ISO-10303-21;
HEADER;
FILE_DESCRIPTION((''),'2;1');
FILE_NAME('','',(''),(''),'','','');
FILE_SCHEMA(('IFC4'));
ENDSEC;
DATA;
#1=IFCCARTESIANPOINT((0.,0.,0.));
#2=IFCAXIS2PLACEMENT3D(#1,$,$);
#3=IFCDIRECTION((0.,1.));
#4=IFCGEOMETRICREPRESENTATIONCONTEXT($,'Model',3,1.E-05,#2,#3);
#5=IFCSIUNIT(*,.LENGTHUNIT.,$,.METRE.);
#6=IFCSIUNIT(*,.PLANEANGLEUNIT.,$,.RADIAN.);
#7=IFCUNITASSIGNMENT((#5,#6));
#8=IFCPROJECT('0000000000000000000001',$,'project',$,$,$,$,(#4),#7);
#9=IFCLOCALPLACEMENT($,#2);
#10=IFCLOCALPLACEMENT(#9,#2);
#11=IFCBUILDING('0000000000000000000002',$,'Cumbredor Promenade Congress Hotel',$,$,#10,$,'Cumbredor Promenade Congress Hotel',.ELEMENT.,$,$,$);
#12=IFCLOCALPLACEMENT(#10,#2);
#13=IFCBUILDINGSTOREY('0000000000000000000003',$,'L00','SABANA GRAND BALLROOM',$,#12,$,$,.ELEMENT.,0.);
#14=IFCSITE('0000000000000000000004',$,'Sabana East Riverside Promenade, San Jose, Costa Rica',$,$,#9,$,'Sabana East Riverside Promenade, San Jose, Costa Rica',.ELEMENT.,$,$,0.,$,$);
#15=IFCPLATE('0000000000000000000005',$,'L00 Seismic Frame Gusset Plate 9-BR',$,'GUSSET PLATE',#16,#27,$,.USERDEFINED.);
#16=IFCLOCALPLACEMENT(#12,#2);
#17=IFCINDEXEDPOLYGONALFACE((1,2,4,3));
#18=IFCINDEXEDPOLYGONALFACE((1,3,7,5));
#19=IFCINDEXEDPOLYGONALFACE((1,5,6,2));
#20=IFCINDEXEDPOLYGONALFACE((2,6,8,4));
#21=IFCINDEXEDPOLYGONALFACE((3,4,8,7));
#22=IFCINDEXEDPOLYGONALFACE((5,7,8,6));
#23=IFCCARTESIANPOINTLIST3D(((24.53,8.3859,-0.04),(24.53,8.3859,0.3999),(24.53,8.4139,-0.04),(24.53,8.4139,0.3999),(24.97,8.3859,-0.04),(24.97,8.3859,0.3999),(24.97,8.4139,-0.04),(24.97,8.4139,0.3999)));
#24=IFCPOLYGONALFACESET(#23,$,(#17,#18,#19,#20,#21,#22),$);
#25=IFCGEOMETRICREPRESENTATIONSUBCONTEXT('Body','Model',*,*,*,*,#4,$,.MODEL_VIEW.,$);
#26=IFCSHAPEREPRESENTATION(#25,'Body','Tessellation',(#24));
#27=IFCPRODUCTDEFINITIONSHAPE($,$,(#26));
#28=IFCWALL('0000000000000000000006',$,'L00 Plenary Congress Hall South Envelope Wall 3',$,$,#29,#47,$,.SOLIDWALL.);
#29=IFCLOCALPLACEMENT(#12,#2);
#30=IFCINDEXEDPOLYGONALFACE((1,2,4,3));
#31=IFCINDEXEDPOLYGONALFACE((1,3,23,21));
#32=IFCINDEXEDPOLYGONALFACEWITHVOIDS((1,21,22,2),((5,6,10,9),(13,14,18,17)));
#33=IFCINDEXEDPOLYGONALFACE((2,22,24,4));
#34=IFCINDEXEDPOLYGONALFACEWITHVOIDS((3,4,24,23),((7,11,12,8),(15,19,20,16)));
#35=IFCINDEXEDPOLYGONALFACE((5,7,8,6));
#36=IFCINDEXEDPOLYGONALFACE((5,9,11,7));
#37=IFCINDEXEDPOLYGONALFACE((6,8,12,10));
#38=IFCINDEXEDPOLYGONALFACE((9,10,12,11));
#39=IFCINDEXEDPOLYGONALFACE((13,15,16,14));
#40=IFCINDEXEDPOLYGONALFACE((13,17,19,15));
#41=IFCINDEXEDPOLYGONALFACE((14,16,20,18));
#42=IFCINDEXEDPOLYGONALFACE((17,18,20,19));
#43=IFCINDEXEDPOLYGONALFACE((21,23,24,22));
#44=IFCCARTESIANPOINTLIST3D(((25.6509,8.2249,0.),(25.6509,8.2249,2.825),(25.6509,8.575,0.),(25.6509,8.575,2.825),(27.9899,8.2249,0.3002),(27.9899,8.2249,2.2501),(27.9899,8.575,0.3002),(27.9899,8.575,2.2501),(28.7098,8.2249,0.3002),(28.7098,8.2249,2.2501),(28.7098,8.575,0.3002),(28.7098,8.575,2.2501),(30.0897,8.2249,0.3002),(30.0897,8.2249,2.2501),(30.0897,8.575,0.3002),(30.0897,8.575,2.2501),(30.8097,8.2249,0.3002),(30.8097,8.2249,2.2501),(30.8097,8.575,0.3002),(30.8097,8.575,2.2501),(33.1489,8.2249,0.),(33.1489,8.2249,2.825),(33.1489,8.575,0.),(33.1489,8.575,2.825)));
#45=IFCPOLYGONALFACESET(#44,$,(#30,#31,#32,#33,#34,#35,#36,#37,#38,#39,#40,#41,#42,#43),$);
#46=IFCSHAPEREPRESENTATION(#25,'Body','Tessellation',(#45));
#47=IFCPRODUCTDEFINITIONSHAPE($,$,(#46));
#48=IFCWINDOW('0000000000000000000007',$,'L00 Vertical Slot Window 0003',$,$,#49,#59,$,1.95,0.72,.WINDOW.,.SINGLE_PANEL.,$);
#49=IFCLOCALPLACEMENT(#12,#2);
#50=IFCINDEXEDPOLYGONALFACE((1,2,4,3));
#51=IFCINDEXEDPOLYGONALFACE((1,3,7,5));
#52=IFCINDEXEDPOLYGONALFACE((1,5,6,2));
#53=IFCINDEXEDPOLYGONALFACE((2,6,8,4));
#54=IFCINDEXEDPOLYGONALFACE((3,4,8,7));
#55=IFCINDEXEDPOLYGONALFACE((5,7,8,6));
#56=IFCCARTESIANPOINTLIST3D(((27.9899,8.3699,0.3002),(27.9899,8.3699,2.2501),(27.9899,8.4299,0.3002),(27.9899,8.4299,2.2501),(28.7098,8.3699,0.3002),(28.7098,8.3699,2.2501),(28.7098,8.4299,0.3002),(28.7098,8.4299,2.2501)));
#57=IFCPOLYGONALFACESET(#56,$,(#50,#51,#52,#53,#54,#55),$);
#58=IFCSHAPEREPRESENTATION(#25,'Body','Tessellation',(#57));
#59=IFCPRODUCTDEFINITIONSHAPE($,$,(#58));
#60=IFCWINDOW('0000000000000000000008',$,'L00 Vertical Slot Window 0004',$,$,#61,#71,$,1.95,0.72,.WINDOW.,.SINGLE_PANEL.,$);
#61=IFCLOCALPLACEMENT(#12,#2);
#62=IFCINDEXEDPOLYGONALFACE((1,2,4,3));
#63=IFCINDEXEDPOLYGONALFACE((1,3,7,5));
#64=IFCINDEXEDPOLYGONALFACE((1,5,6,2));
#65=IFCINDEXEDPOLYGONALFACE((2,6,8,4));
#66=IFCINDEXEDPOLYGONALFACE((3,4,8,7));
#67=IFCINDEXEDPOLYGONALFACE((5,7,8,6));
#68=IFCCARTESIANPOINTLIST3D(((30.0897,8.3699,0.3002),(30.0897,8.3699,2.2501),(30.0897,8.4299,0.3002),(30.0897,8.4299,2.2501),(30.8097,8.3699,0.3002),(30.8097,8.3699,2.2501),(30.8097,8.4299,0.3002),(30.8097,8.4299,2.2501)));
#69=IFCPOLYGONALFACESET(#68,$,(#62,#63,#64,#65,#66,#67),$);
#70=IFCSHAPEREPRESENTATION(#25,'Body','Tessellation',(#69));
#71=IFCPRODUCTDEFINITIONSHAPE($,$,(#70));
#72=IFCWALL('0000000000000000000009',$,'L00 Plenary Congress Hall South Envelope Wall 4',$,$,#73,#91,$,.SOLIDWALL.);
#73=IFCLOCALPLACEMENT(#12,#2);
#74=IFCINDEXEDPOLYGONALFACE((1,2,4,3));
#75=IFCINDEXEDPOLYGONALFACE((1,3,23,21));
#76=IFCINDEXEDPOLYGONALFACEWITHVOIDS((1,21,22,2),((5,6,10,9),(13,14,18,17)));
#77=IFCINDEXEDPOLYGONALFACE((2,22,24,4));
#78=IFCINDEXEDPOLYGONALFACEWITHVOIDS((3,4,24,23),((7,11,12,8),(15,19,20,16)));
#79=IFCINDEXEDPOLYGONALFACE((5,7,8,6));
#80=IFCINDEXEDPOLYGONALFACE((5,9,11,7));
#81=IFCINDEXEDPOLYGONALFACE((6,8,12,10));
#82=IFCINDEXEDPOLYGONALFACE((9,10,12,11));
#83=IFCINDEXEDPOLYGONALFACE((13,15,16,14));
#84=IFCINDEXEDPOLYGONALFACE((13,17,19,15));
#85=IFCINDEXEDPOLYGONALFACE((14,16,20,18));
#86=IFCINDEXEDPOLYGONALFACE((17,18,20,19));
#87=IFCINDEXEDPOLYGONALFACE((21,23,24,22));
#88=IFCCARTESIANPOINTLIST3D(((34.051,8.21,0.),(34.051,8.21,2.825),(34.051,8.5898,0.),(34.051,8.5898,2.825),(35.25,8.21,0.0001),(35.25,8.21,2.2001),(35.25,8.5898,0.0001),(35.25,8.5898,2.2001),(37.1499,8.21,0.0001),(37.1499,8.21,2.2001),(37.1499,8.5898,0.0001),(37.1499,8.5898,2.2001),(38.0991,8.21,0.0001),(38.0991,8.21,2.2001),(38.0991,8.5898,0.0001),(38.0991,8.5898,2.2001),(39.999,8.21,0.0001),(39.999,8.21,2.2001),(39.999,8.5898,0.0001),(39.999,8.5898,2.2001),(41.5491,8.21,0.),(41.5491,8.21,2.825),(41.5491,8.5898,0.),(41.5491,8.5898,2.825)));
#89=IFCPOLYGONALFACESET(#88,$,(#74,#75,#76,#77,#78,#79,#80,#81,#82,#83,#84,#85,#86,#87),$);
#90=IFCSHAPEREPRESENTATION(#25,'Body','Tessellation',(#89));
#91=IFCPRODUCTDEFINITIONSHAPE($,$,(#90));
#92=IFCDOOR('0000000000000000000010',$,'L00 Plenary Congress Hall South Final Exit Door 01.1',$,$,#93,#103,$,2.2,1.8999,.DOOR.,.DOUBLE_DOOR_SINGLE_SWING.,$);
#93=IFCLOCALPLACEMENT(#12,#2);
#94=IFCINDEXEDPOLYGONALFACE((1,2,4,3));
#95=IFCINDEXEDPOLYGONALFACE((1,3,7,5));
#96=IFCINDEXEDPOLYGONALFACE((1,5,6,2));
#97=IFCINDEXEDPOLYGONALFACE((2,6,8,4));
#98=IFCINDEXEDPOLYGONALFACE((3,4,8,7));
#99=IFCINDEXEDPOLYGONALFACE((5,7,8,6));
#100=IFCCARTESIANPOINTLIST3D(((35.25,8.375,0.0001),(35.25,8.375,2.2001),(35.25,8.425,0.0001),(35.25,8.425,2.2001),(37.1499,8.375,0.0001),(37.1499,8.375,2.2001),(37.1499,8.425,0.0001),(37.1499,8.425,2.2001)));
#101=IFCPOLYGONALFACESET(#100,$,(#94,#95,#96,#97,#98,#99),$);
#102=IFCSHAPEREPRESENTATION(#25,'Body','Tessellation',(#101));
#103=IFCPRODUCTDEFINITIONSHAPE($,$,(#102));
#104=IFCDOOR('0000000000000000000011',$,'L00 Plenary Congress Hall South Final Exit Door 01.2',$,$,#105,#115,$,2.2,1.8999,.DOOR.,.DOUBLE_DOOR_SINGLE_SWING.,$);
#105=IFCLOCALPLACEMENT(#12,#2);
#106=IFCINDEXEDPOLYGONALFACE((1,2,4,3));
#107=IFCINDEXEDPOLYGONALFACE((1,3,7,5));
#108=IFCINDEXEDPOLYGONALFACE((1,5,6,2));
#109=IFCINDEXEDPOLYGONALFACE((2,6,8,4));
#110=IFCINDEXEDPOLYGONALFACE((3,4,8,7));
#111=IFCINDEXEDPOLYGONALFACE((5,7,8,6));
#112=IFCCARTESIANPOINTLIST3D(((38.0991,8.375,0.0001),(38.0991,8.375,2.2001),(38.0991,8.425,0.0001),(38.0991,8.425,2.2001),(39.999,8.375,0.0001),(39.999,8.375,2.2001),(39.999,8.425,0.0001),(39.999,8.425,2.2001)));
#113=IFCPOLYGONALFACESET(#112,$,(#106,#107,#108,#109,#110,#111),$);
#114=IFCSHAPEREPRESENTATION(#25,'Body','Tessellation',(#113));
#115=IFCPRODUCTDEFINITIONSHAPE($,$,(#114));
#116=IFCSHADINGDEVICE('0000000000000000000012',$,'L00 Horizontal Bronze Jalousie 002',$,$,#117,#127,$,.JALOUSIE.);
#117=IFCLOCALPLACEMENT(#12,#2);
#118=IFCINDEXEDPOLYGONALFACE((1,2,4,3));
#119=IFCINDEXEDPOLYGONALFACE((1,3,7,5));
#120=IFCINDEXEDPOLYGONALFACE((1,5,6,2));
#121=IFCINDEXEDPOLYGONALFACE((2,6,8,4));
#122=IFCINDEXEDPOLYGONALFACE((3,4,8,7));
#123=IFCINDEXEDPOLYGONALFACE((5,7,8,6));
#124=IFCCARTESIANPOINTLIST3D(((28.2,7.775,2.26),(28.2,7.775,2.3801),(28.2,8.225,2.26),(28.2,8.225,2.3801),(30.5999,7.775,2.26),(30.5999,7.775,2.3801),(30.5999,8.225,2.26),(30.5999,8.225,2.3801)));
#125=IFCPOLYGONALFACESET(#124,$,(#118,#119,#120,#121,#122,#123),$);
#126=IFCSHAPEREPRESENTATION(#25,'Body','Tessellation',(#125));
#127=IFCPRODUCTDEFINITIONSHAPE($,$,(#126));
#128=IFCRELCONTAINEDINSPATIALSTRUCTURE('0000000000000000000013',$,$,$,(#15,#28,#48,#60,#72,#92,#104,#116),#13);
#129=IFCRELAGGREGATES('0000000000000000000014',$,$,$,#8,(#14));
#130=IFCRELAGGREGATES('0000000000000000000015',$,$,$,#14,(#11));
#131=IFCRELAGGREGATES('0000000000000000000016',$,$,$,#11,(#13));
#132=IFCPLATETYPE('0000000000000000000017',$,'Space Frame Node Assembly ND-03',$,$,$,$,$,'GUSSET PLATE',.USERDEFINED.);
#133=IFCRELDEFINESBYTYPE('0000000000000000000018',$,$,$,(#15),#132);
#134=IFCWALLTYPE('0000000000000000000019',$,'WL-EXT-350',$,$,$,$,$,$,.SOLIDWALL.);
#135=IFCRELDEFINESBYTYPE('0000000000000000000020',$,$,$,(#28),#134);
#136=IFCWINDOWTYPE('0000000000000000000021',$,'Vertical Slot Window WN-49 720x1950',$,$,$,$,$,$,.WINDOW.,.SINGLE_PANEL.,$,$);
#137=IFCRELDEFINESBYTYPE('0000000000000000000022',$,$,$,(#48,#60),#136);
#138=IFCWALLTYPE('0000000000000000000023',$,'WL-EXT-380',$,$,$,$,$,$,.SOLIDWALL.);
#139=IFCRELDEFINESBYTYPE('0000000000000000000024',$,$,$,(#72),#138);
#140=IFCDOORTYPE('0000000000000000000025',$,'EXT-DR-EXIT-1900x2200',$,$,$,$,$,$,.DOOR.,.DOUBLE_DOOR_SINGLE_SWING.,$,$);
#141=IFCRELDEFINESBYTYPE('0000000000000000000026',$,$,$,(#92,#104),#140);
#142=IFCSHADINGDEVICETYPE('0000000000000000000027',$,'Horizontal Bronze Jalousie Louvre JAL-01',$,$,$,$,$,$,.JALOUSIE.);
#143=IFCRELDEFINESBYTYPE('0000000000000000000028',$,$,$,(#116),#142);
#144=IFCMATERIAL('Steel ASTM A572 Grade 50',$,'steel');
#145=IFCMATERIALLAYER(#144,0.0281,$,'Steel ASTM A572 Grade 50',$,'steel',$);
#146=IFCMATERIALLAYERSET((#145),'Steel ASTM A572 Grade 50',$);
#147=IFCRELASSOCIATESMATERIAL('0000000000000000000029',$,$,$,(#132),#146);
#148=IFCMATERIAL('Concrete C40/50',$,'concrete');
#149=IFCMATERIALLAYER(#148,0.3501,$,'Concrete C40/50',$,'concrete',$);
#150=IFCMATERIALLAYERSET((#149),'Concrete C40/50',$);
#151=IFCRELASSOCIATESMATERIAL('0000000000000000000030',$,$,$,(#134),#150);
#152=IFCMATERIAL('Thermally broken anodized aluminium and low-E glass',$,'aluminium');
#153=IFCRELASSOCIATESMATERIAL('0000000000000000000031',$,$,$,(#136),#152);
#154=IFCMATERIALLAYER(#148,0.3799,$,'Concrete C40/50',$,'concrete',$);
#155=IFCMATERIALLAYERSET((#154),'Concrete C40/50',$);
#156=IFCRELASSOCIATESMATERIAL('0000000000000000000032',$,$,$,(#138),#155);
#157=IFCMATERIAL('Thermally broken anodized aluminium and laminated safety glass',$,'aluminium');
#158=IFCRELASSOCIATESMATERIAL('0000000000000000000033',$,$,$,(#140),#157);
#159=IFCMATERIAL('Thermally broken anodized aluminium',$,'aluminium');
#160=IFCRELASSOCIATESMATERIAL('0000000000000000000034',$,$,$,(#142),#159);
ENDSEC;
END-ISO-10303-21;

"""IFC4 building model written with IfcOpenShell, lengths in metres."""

from ifc_helpers import new_model, si_unit, direction, frame, frame_2d, origin, origin_2d, place, context, subcontext, project, spatial, rectangle, extrude, material, layer, layer_set, type_object, element, fill, save


model = new_model("IFC4")

# Units and contexts
model_context = context("Model", 3, precision=1e-05, world=origin(), true_north=direction((0.0, 1.0)))
body_context = subcontext(model_context, "Body", "Model", "MODEL_VIEW")
ifc_project = project(units=[si_unit("LENGTHUNIT", "METRE"), si_unit("PLANEANGLEUNIT", "RADIAN")], contexts=[model_context])

# Site, building, storey
site_placement = place(None, origin())
site = spatial("IfcSite", under=ifc_project, at=site_placement, Name="Sabana East Riverside Promenade, San Jose, Costa Rica", LongName="Sabana East Riverside Promenade, San Jose, Costa Rica", CompositionType="ELEMENT", RefElevation=0.0)
building_placement = place(site_placement, origin())
building = spatial("IfcBuilding", under=site, at=building_placement, Name="Cumbredor Promenade Congress Hotel", LongName="Cumbredor Promenade Congress Hotel", CompositionType="ELEMENT")
storey_placement = place(building_placement, origin())
storey = spatial("IfcBuildingStorey", under=building, at=storey_placement, Name="L00", Description="SABANA GRAND BALLROOM", CompositionType="ELEMENT", Elevation=0.0)

# Shared definitions
ifc_material_1 = material(Name="Concrete C40/50", Category="concrete")

# Shared definitions
ifc_material_2 = material(Name="Thermally broken anodized aluminium and low-E glass", Category="aluminium")
ifc_material_3 = material(Name="Thermally broken anodized aluminium", Category="aluminium")

# Plate
ifc_material_4 = material(Name="Steel ASTM A572 Grade 50", Category="steel")
ifc_layer_1 = layer(ifc_material_4, 0.0281, Name="Steel ASTM A572 Grade 50", Category="steel")
ifc_layer_set_1 = layer_set([ifc_layer_1], Name="Steel ASTM A572 Grade 50")
plate_type_1 = type_object("IfcPlateType", Name="Space Frame Node Assembly ND-03", ElementType="GUSSET PLATE", PredefinedType="USERDEFINED", material=ifc_layer_set_1)
plate_1_placement = place(storey_placement, frame((24.75, 8.3999, -0.04), z_axis=(0.0, 0.0, 1.0), x_axis=(1.0, 0.0, 0.0)))
element("IfcPlate", 1, at=plate_1_placement, inside=storey, type_object=plate_type_1, Name="L00 Seismic Frame Gusset Plate 9-BR", ObjectType="GUSSET PLATE", PredefinedType="USERDEFINED", context=body_context, shape_type="SweptSolid", body=[
    extrude(rectangle(XDim=0.4399, YDim=0.0281, at=origin_2d()), origin(), (0.0, 0.0, 1.0), 0.4399),
])

# Wall, openings, windows
ifc_layer_2 = layer(ifc_material_1, 0.3501, Name="Concrete C40/50", Category="concrete")
ifc_layer_set_2 = layer_set([ifc_layer_2], Name="Concrete C40/50")
wall_type_1 = type_object("IfcWallType", Name="WL-EXT-350", PredefinedType="SOLIDWALL", material=ifc_layer_set_2)
wall_1_placement = place(storey_placement, frame((25.6509, 8.3999, 0.0), z_axis=(0.0, 0.0, 1.0), x_axis=(1.0, 0.0, 0.0)))
wall_1 = element("IfcWall", 2, at=wall_1_placement, inside=storey, type_object=wall_type_1, Name="L00 Plenary Congress Hall South Envelope Wall 3", PredefinedType="SOLIDWALL", context=body_context, shape_type="SweptSolid", body=[
    extrude(rectangle(XDim=7.498, YDim=0.3501, at=frame_2d((3.749, 0.0))), origin(), (0.0, 0.0, 1.0), 2.825),
])
opening_1_placement = place(wall_1_placement, frame((2.3391, 0.0, 0.3)))
opening_1 = element("IfcOpeningElement", 3, at=opening_1_placement, cuts=wall_1, PredefinedType="OPENING", context=body_context, shape_type="SweptSolid", body=[
    extrude(rectangle(XDim=0.72, YDim=1.95, at=frame_2d((0.3599, 0.9751))), frame((0.0, 0.1851, 0.0), z_axis=(0.0, -1.0, 0.0), x_axis=(1.0, 0.0, 0.0)), (0.0, 0.0, 1.0), 0.3701),
])
opening_2_placement = place(wall_1_placement, frame((4.439, 0.0, 0.3)))
opening_2 = element("IfcOpeningElement", 4, at=opening_2_placement, cuts=wall_1, PredefinedType="OPENING", context=body_context, shape_type="SweptSolid", body=[
    extrude(rectangle(XDim=0.72, YDim=1.95, at=frame_2d((0.3599, 0.9751))), frame((0.0, 0.1851, 0.0), z_axis=(0.0, -1.0, 0.0), x_axis=(1.0, 0.0, 0.0)), (0.0, 0.0, 1.0), 0.3701),
])
window_type = type_object("IfcWindowType", Name="Vertical Slot Window WN-49 720x1950", PartitioningType="SINGLE_PANEL", PredefinedType="WINDOW", material=ifc_material_2)
window_1_placement = place(opening_1_placement, origin())
window_1 = element("IfcWindow", 5, at=window_1_placement, inside=storey, type_object=window_type, Name="L00 Vertical Slot Window 0003", OverallHeight=1.95, OverallWidth=0.72, PartitioningType="SINGLE_PANEL", PredefinedType="WINDOW", context=body_context, shape_type="SweptSolid", body=[
    extrude(rectangle(XDim=0.72, YDim=1.95, at=frame_2d((0.3599, 0.9751))), frame((0.0, 0.03, 0.0), z_axis=(0.0, -1.0, 0.0), x_axis=(1.0, 0.0, 0.0)), (0.0, 0.0, 1.0), 0.0601),
])
fill(opening_1, window_1)
window_2_placement = place(opening_2_placement, origin())
window_2 = element("IfcWindow", 6, at=window_2_placement, inside=storey, type_object=window_type, Name="L00 Vertical Slot Window 0004", OverallHeight=1.95, OverallWidth=0.72, PartitioningType="SINGLE_PANEL", PredefinedType="WINDOW", context=body_context, shape_type="SweptSolid", body=[
    extrude(rectangle(XDim=0.72, YDim=1.95, at=frame_2d((0.3599, 0.9751))), frame((0.0, 0.03, 0.0), z_axis=(0.0, -1.0, 0.0), x_axis=(1.0, 0.0, 0.0)), (0.0, 0.0, 1.0), 0.0601),
])
fill(opening_2, window_2)

# Wall, openings, doors
ifc_layer_3 = layer(ifc_material_1, 0.3799, Name="Concrete C40/50", Category="concrete")
ifc_layer_set_3 = layer_set([ifc_layer_3], Name="Concrete C40/50")
wall_type_2 = type_object("IfcWallType", Name="WL-EXT-380", PredefinedType="SOLIDWALL", material=ifc_layer_set_3)
wall_2_placement = place(storey_placement, frame((34.051, 8.3999, 0.0), z_axis=(0.0, 0.0, 1.0), x_axis=(1.0, 0.0, 0.0)))
wall_2 = element("IfcWall", 7, at=wall_2_placement, inside=storey, type_object=wall_type_2, Name="L00 Plenary Congress Hall South Envelope Wall 4", PredefinedType="SOLIDWALL", context=body_context, shape_type="SweptSolid", body=[
    extrude(rectangle(XDim=7.498, YDim=0.3799, at=frame_2d((3.749, 0.0))), origin(), (0.0, 0.0, 1.0), 2.825),
])
opening_3_placement = place(wall_2_placement, frame((1.199, 0.0, 0.0)))
opening_3 = element("IfcOpeningElement", 8, at=opening_3_placement, cuts=wall_2, PredefinedType="OPENING", context=body_context, shape_type="SweptSolid", body=[
    extrude(rectangle(XDim=1.8999, YDim=2.2, at=frame_2d((0.95, 1.1001))), frame((0.0, 0.2, 0.0), z_axis=(0.0, -1.0, 0.0), x_axis=(1.0, 0.0, 0.0)), (0.0, 0.0, 1.0), 0.3999),
])
opening_4_placement = place(wall_2_placement, frame((4.0481, 0.0, 0.0)))
opening_4 = element("IfcOpeningElement", 9, at=opening_4_placement, cuts=wall_2, PredefinedType="OPENING", context=body_context, shape_type="SweptSolid", body=[
    extrude(rectangle(XDim=1.8999, YDim=2.2, at=frame_2d((0.95, 1.1001))), frame((0.0, 0.2, 0.0), z_axis=(0.0, -1.0, 0.0), x_axis=(1.0, 0.0, 0.0)), (0.0, 0.0, 1.0), 0.3999),
])
ifc_material_5 = material(Name="Thermally broken anodized aluminium and laminated safety glass", Category="aluminium")
door_type = type_object("IfcDoorType", Name="EXT-DR-EXIT-1900x2200", OperationType="DOUBLE_DOOR_SINGLE_SWING", PredefinedType="DOOR", material=ifc_material_5)
door_1_placement = place(opening_3_placement, frame((1.8999, 0.0, 0.0), z_axis=(0.0, 0.0, 1.0), x_axis=(-1.0, 0.0, 0.0)))
door_1 = element("IfcDoor", 10, at=door_1_placement, inside=storey, type_object=door_type, Name="L00 Plenary Congress Hall South Final Exit Door 01.1", OperationType="DOUBLE_DOOR_SINGLE_SWING", OverallHeight=2.2, OverallWidth=1.8999, PredefinedType="DOOR", context=body_context, shape_type="SweptSolid", body=[
    extrude(rectangle(XDim=1.8999, YDim=2.2, at=frame_2d((0.95, 1.1001))), frame((0.0, 0.0249, 0.0), z_axis=(0.0, -1.0, 0.0), x_axis=(1.0, 0.0, 0.0)), (0.0, 0.0, 1.0), 0.05),
])
fill(opening_3, door_1)
door_2_placement = place(opening_4_placement, frame((1.8999, 0.0, 0.0), z_axis=(0.0, 0.0, 1.0), x_axis=(-1.0, 0.0, 0.0)))
door_2 = element("IfcDoor", 11, at=door_2_placement, inside=storey, type_object=door_type, Name="L00 Plenary Congress Hall South Final Exit Door 01.2", OperationType="DOUBLE_DOOR_SINGLE_SWING", OverallHeight=2.2, OverallWidth=1.8999, PredefinedType="DOOR", context=body_context, shape_type="SweptSolid", body=[
    extrude(rectangle(XDim=1.8999, YDim=2.2, at=frame_2d((0.95, 1.1001))), frame((0.0, 0.0249, 0.0), z_axis=(0.0, -1.0, 0.0), x_axis=(1.0, 0.0, 0.0)), (0.0, 0.0, 1.0), 0.05),
])
fill(opening_4, door_2)

# Shading device
shading_device_type = type_object("IfcShadingDeviceType", Name="Horizontal Bronze Jalousie Louvre JAL-01", PredefinedType="JALOUSIE", material=ifc_material_3)
shading_device_placement = place(storey_placement, frame((29.3999, 8.0, 2.26), z_axis=(0.0, 0.0, 1.0), x_axis=(1.0, 0.0, 0.0)))
element("IfcShadingDevice", 12, at=shading_device_placement, inside=storey, type_object=shading_device_type, Name="L00 Horizontal Bronze Jalousie 002", PredefinedType="JALOUSIE", context=body_context, shape_type="SweptSolid", body=[
    extrude(rectangle(XDim=2.3999, YDim=0.45, at=origin_2d()), origin(), (0.0, 0.0, 1.0), 0.1201),
])

save(model, "model.ifc")
